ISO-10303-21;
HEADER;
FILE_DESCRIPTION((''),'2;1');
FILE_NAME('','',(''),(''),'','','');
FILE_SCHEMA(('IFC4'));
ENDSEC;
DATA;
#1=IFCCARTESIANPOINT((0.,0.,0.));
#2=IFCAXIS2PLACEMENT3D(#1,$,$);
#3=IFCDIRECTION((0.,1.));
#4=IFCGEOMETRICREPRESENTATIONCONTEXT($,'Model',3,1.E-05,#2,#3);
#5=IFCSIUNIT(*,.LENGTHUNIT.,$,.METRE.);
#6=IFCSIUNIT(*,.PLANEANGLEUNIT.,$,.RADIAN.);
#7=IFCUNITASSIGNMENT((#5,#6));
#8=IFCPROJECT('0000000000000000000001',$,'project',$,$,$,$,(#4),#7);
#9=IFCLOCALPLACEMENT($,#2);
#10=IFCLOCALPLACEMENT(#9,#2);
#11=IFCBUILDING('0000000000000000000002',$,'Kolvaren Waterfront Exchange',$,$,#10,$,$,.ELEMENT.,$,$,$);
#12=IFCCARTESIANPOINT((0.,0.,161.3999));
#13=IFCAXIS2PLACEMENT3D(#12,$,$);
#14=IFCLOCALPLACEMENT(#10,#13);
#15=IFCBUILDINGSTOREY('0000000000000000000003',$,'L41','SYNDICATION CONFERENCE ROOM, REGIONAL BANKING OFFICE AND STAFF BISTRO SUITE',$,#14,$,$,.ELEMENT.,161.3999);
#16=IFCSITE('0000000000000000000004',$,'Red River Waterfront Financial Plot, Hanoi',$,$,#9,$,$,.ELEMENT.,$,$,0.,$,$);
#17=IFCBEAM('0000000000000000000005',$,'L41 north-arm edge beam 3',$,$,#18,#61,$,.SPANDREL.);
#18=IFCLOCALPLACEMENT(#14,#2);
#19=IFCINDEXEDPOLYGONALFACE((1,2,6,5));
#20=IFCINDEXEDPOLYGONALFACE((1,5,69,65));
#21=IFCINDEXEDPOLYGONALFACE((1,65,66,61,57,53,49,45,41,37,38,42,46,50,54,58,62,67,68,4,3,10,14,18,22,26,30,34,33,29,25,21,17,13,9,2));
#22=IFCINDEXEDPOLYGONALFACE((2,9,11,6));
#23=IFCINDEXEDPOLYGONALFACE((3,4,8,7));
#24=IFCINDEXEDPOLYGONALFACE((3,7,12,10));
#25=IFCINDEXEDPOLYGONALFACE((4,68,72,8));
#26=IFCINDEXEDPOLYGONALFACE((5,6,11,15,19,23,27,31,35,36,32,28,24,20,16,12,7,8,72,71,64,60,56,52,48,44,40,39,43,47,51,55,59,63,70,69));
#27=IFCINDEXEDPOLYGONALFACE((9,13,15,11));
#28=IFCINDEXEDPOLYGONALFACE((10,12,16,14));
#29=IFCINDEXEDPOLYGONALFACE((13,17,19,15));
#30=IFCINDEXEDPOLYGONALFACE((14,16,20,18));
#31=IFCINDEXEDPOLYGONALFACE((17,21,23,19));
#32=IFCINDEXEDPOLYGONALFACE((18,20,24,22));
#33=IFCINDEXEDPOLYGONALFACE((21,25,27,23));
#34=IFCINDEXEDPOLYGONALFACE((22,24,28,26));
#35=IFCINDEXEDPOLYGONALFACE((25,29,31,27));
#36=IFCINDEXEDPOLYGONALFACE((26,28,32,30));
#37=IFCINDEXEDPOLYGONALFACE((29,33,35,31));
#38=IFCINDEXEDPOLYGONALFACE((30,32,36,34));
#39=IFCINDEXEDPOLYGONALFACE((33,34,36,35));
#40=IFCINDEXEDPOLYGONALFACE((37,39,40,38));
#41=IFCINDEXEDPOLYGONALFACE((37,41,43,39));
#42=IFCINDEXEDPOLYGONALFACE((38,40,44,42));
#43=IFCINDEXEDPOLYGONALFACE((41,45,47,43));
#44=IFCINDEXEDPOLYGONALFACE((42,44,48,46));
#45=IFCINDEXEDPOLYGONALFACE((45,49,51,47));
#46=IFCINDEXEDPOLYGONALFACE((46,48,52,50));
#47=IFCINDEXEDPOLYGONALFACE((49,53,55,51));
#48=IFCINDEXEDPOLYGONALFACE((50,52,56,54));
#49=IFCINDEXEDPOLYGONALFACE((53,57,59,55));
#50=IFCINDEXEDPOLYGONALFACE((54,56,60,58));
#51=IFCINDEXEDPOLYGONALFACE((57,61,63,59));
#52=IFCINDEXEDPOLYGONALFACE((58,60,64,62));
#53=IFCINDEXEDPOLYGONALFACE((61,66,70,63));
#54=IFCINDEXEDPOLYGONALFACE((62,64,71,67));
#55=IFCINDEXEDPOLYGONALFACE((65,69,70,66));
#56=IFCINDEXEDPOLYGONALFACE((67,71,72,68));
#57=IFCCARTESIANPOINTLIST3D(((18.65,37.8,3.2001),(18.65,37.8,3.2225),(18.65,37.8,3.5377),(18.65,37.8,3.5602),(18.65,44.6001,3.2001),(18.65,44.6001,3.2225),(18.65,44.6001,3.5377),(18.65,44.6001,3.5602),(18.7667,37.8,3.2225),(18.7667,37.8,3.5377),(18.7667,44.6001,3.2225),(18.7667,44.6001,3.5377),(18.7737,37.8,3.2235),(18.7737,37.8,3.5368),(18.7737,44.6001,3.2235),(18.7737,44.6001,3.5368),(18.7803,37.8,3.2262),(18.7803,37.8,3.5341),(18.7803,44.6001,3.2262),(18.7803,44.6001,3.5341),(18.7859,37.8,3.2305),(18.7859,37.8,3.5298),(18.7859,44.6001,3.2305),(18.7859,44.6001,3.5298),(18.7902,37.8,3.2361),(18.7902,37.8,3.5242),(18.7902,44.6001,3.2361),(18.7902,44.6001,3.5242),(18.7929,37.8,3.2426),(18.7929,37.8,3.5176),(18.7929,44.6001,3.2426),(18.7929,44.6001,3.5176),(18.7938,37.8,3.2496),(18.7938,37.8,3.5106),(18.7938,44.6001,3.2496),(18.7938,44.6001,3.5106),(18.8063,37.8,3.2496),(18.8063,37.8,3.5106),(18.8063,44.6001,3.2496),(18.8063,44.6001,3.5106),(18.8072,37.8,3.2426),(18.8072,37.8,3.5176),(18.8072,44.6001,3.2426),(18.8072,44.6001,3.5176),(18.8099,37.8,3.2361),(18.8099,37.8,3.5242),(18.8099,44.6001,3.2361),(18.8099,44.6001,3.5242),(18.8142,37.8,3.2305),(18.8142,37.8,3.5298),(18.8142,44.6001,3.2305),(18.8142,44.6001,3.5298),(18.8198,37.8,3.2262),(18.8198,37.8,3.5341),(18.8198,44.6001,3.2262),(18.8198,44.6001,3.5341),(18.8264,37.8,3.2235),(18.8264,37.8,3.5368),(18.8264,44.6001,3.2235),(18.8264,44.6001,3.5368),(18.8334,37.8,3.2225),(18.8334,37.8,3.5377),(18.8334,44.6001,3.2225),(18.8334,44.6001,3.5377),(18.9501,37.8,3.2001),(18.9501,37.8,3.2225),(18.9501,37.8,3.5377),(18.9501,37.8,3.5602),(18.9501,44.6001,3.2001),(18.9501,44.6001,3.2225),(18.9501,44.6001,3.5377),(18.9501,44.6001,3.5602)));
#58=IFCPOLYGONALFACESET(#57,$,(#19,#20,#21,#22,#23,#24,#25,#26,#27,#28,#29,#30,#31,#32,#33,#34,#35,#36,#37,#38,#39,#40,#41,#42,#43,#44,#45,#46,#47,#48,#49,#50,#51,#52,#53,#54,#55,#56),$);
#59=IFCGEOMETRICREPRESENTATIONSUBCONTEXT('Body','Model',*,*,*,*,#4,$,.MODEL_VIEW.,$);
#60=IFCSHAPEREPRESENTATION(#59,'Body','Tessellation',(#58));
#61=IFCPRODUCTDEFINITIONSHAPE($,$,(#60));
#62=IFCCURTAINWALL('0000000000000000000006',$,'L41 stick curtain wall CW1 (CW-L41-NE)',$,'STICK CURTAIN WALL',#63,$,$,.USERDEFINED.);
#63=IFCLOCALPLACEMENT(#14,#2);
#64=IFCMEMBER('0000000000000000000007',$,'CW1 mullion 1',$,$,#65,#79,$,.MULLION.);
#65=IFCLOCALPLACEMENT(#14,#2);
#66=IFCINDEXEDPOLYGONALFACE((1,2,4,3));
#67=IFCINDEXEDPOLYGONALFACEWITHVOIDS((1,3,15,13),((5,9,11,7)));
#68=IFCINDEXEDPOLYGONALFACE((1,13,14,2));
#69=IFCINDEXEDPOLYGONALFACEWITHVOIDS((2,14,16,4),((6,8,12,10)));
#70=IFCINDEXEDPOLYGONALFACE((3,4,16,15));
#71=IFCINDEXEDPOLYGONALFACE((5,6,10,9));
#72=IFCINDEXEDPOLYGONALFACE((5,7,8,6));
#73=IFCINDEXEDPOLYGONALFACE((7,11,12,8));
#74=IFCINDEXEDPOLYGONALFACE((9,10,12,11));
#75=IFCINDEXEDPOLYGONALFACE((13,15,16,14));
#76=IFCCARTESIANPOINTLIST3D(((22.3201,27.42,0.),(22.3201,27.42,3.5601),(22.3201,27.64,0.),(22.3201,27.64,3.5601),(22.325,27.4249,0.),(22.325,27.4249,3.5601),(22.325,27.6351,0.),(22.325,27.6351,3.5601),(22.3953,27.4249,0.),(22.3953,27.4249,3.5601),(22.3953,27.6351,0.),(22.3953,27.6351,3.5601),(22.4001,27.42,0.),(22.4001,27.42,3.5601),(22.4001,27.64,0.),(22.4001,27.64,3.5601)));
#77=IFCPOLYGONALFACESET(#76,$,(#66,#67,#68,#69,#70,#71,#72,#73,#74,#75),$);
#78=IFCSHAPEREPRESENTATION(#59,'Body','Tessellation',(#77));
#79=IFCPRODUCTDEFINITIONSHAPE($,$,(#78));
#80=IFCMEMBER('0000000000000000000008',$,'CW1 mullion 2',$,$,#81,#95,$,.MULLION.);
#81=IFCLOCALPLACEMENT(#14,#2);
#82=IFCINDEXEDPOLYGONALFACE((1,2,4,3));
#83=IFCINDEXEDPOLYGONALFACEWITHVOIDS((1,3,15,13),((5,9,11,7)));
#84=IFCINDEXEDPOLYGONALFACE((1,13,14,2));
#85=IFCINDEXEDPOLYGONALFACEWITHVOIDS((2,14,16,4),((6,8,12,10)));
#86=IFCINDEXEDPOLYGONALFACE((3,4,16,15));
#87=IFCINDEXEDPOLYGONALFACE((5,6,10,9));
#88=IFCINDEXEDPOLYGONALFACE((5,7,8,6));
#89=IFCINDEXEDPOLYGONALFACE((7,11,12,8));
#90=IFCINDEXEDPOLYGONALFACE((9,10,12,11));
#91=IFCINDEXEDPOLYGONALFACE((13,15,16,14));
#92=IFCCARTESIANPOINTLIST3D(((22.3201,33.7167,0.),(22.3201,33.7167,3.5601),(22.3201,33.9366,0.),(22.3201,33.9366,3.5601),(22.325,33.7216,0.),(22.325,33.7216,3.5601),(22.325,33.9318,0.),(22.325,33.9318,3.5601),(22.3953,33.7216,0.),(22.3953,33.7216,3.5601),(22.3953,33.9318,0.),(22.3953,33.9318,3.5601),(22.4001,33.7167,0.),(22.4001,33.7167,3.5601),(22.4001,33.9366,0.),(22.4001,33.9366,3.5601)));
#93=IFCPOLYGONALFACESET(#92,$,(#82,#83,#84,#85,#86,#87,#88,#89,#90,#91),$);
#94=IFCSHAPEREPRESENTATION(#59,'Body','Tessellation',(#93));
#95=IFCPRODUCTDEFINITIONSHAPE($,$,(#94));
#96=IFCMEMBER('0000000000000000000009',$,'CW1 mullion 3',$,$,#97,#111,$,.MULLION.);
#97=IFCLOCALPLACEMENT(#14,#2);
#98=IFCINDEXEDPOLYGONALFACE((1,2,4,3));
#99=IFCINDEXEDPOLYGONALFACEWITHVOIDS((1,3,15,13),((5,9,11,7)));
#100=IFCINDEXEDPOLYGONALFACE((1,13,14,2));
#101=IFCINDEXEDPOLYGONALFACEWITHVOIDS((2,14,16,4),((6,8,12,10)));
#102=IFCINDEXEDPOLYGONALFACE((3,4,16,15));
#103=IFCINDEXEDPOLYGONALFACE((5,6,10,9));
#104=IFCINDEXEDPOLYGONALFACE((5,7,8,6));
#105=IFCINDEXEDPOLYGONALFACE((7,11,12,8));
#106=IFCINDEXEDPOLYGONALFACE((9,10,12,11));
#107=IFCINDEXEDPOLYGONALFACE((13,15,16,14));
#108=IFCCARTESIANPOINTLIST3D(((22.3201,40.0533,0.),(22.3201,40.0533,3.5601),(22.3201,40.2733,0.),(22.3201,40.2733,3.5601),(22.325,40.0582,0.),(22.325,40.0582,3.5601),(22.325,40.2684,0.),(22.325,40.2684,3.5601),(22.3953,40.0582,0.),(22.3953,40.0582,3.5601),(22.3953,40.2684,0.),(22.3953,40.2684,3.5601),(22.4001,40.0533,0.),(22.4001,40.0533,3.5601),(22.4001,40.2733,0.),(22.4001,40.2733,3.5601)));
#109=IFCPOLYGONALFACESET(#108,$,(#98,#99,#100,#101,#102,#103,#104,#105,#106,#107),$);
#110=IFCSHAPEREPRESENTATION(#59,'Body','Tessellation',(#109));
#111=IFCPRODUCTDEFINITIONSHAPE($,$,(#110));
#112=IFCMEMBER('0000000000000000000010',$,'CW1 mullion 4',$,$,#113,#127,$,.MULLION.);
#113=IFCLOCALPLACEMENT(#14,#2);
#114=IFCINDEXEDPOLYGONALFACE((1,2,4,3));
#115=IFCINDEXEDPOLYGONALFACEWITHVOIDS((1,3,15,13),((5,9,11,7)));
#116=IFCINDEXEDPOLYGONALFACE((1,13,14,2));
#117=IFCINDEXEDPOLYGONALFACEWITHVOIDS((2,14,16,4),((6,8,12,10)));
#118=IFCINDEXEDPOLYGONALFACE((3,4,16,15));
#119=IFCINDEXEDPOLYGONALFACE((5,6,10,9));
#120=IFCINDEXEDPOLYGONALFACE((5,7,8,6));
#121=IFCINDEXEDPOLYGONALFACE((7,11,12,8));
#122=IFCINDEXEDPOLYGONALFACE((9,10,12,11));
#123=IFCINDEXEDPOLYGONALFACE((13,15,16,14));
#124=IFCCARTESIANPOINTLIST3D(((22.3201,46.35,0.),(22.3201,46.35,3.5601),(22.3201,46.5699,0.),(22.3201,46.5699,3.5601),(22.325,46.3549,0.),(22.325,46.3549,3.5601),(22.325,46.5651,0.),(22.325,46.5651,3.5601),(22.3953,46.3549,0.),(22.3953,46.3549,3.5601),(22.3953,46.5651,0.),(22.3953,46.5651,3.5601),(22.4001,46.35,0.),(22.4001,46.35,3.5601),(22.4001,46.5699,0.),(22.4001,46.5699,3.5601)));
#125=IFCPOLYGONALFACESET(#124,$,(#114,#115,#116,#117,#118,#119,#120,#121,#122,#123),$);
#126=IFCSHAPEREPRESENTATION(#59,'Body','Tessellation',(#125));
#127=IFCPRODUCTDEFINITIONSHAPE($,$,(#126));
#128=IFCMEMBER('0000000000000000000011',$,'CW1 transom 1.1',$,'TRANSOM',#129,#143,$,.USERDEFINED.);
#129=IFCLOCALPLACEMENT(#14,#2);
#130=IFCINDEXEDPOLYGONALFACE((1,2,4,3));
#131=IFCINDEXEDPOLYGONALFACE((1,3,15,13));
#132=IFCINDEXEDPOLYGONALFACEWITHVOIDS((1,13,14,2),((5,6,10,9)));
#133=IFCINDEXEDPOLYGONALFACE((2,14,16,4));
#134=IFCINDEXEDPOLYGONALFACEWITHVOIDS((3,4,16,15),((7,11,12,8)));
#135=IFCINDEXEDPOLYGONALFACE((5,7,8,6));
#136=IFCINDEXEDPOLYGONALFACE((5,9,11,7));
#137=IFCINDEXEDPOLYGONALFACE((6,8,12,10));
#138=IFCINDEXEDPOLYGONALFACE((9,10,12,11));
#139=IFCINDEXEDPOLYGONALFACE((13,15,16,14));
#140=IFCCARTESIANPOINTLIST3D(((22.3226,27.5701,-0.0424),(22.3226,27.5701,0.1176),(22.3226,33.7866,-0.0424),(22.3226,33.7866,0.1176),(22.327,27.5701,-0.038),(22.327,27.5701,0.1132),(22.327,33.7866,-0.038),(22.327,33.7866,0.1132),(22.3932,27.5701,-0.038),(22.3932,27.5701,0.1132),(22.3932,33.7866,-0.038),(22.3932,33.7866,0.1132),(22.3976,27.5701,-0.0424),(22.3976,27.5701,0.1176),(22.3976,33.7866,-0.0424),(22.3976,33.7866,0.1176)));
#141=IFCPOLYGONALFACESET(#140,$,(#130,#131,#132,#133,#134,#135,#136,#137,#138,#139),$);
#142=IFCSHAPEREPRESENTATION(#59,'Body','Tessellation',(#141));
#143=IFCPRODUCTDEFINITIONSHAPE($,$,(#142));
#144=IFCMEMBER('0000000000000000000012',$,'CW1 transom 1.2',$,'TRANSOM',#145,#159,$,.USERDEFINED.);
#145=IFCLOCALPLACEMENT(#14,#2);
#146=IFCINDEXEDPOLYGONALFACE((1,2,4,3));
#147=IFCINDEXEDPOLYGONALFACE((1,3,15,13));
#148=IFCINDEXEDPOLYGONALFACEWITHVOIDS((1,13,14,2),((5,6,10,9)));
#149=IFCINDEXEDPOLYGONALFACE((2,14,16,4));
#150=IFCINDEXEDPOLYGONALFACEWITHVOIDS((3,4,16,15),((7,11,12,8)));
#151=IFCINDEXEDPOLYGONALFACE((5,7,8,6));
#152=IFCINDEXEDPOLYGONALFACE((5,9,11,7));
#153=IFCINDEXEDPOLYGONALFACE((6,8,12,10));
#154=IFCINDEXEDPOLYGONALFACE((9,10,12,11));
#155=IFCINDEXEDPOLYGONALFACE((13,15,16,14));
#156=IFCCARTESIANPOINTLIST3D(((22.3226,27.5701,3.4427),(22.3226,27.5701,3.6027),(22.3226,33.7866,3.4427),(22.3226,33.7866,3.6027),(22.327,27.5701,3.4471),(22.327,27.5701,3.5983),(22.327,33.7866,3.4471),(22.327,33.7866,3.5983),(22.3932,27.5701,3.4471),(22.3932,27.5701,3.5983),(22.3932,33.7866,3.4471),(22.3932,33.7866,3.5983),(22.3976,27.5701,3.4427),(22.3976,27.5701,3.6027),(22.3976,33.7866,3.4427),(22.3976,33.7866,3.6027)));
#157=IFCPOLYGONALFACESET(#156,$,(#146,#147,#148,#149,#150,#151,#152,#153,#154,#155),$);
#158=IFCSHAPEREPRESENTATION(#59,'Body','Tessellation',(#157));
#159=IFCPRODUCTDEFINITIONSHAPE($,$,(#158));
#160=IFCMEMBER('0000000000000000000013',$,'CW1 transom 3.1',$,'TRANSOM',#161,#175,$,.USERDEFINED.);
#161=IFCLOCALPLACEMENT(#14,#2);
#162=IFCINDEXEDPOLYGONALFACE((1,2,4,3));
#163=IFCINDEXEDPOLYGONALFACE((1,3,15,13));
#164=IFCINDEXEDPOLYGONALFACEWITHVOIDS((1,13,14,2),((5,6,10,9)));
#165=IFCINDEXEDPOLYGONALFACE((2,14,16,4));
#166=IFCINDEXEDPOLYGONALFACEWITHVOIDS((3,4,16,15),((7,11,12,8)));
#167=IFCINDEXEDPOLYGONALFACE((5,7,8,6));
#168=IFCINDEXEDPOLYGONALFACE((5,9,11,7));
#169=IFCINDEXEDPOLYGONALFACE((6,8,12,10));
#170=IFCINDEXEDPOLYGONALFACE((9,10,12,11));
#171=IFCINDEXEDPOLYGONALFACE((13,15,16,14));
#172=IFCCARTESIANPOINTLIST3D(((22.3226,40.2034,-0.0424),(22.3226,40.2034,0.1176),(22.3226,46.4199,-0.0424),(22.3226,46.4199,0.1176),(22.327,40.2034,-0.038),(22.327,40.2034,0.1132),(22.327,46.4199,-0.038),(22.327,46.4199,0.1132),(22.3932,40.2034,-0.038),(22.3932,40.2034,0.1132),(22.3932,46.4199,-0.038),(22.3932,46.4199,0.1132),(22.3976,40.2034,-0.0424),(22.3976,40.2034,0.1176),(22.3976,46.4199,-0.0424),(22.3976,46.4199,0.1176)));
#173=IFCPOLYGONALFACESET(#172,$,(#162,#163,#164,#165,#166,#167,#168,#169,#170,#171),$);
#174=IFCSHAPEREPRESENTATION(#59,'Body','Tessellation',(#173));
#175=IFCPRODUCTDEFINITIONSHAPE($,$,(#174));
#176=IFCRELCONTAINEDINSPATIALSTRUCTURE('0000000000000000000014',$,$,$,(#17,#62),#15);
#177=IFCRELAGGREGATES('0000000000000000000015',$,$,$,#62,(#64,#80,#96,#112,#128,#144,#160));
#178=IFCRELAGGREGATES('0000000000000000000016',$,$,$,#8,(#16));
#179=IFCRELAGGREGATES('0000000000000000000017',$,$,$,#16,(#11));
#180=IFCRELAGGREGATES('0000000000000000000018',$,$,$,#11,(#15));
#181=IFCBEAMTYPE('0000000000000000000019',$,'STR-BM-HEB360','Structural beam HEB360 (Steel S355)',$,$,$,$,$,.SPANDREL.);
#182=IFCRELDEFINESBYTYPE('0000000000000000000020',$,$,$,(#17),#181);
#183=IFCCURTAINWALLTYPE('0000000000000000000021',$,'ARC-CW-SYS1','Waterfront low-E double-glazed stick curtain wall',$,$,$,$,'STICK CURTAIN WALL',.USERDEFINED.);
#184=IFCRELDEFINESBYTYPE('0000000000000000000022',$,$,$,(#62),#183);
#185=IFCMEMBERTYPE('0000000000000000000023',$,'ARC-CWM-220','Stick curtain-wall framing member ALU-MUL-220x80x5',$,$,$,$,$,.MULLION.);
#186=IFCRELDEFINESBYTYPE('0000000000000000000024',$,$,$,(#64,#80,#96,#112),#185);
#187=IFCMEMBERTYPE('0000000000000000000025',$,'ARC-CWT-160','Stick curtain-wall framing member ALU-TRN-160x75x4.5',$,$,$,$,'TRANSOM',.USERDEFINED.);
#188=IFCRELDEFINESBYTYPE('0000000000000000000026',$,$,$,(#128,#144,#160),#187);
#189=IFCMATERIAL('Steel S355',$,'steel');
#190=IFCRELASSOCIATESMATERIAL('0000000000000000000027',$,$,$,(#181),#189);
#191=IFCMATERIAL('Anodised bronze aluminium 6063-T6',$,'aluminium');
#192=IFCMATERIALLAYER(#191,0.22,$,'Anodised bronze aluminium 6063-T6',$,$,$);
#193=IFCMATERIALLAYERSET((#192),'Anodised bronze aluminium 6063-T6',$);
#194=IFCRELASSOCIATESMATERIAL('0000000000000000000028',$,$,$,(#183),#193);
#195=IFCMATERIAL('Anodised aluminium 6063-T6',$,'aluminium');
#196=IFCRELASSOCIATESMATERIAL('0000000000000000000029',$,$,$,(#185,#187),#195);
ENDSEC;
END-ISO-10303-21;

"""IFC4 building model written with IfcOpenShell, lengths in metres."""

from ifc_helpers import new_model, si_unit, direction, frame, origin, origin_with_axes, origin_2d, place, context, subcontext, project, spatial, hollow_rectangle, i_section, extrude, source, transform, mapped, material, layer, layer_set, material_profile, profile_set, type_object, element, aggregate, save


model = new_model("IFC4")

# Units and contexts
model_context = context("Model", 3, precision=1e-05, world=origin(), true_north=direction((0.0, 1.0)))
body_context = subcontext(model_context, "Body", "Model", "MODEL_VIEW")
ifc_project = project(units=[si_unit("LENGTHUNIT", "METRE"), si_unit("PLANEANGLEUNIT", "RADIAN")], contexts=[model_context])

# Site, building, storey
site_placement = place(None, origin())
site = spatial("IfcSite", under=ifc_project, at=site_placement, Name="Red River Waterfront Financial Plot, Hanoi", CompositionType="ELEMENT", RefElevation=0.0)
building_placement = place(site_placement, origin())
building = spatial("IfcBuilding", under=site, at=building_placement, Name="Kolvaren Waterfront Exchange", CompositionType="ELEMENT")
storey_placement = place(building_placement, frame((0.0, 0.0, 161.3999)))
storey = spatial("IfcBuildingStorey", under=building, at=storey_placement, Name="L41", Description="SYNDICATION CONFERENCE ROOM, REGIONAL BANKING OFFICE AND STAFF BISTRO SUITE", CompositionType="ELEMENT", Elevation=161.3999)

# Beam
ifc_material_1 = material(Name="Steel S355", Category="steel")
ifc_material_profile_1 = material_profile(ifc_material_1, i_section(OverallWidth=0.3, OverallDepth=0.3601, WebThickness=0.0125, FlangeThickness=0.0225, FilletRadius=0.0271, at=origin_2d()), Name="HEB360")
ifc_profile_set_1 = profile_set([ifc_material_profile_1], Name="Steel S355")
beam_type = type_object("IfcBeamType", Name="STR-BM-HEB360", Description="Structural beam HEB360 (Steel S355)", PredefinedType="SPANDREL", material=ifc_profile_set_1)
beam_placement = place(storey_placement, frame((18.8, 37.8, 3.3801), z_axis=(0.0, 1.0, 0.0), x_axis=(-1.0, 0.0, 0.0)))
element("IfcBeam", 1, at=beam_placement, inside=storey, type_object=beam_type, Name="L41 north-arm edge beam 3", PredefinedType="SPANDREL", context=body_context, shape_type="SweptSolid", body=[
    extrude(i_section(OverallWidth=0.3, OverallDepth=0.3601, WebThickness=0.0125, FlangeThickness=0.0225, FilletRadius=0.0271, at=origin_2d()), origin(), (0.0, 0.0, 1.0), 6.8),
])

# Curtain wall, members
ifc_material_2 = material(Name="Anodised bronze aluminium 6063-T6", Category="aluminium")
ifc_layer_1 = layer(ifc_material_2, 0.22, Name="Anodised bronze aluminium 6063-T6")
ifc_layer_set_1 = layer_set([ifc_layer_1], Name="Anodised bronze aluminium 6063-T6")
curtain_wall_type = type_object("IfcCurtainWallType", Name="ARC-CW-SYS1", Description="Waterfront low-E double-glazed stick curtain wall", ElementType="STICK CURTAIN WALL", PredefinedType="USERDEFINED", material=ifc_layer_set_1)
curtain_wall_placement = place(storey_placement, origin())
curtain_wall = element("IfcCurtainWall", 2, at=curtain_wall_placement, inside=storey, type_object=curtain_wall_type, Name="L41 stick curtain wall CW1 (CW-L41-NE)", ObjectType="STICK CURTAIN WALL", PredefinedType="USERDEFINED")
ifc_material_3 = material(Name="Anodised aluminium 6063-T6", Category="aluminium")
ifc_material_profile_2 = material_profile(ifc_material_3, hollow_rectangle(XDim=0.0801, YDim=0.22, WallThickness=0.0049, at=origin_2d()), Name="ALU-MUL-220x80x5")
ifc_profile_set_2 = profile_set([ifc_material_profile_2], Name="Anodised aluminium 6063-T6")
member_type_1 = type_object("IfcMemberType", Name="ARC-CWM-220", Description="Stick curtain-wall framing member ALU-MUL-220x80x5", PredefinedType="MULLION", material=ifc_profile_set_2)
shared_shape_1 = source(origin_with_axes(), body_context, "Body", "SweptSolid", [
    extrude(hollow_rectangle(XDim=0.0801, YDim=0.22, WallThickness=0.0049, at=origin_2d()), origin(), (0.0, 0.0, 1.0), 3.5601),
])
member_1_placement = place(storey_placement, frame((22.3601, 27.53, 0.0), z_axis=(0.0, 0.0, 1.0), x_axis=(-1.0, 0.0, 0.0)))
member_1 = element("IfcMember", 3, at=member_1_placement, type_object=member_type_1, Name="CW1 mullion 1", PredefinedType="MULLION", context=body_context, shape_type="MappedRepresentation", body=[
    mapped(shared_shape_1, transform((0.0, 0.0, 0.0), x_axis=(1.0, 0.0, 0.0), y_axis=(0.0, 1.0, 0.0), z_axis=(0.0, 0.0, 1.0), scale=1.0)),
])
member_2_placement = place(storey_placement, frame((22.3601, 33.8267, 0.0), z_axis=(0.0, 0.0, 1.0), x_axis=(-1.0, 0.0, 0.0)))
member_2 = element("IfcMember", 4, at=member_2_placement, type_object=member_type_1, Name="CW1 mullion 2", PredefinedType="MULLION", context=body_context, shape_type="MappedRepresentation", body=[
    mapped(shared_shape_1, transform((0.0, 0.0, 0.0), x_axis=(1.0, 0.0, 0.0), y_axis=(0.0, 1.0, 0.0), z_axis=(0.0, 0.0, 1.0), scale=1.0)),
])
member_3_placement = place(storey_placement, frame((22.3601, 40.1633, 0.0), z_axis=(0.0, 0.0, 1.0), x_axis=(-1.0, 0.0, 0.0)))
member_3 = element("IfcMember", 5, at=member_3_placement, type_object=member_type_1, Name="CW1 mullion 3", PredefinedType="MULLION", context=body_context, shape_type="MappedRepresentation", body=[
    mapped(shared_shape_1, transform((0.0, 0.0, 0.0), x_axis=(1.0, 0.0, 0.0), y_axis=(0.0, 1.0, 0.0), z_axis=(0.0, 0.0, 1.0), scale=1.0)),
])
member_4_placement = place(storey_placement, frame((22.3601, 46.46, 0.0), z_axis=(0.0, 0.0, 1.0), x_axis=(-1.0, 0.0, 0.0)))
member_4 = element("IfcMember", 6, at=member_4_placement, type_object=member_type_1, Name="CW1 mullion 4", PredefinedType="MULLION", context=body_context, shape_type="MappedRepresentation", body=[
    mapped(shared_shape_1, transform((0.0, 0.0, 0.0), x_axis=(1.0, 0.0, 0.0), y_axis=(0.0, 1.0, 0.0), z_axis=(0.0, 0.0, 1.0), scale=1.0)),
])
ifc_material_profile_3 = material_profile(ifc_material_3, hollow_rectangle(XDim=0.075, YDim=0.1599, WallThickness=0.0044, at=origin_2d()), Name="ALU-TRN-160x75x4.5")
ifc_profile_set_3 = profile_set([ifc_material_profile_3], Name="Anodised aluminium 6063-T6")
member_type_2 = type_object("IfcMemberType", Name="ARC-CWT-160", Description="Stick curtain-wall framing member ALU-TRN-160x75x4.5", ElementType="TRANSOM", PredefinedType="USERDEFINED", material=ifc_profile_set_3)
shared_shape_2 = source(origin_with_axes(), body_context, "Body", "SweptSolid", [
    extrude(hollow_rectangle(XDim=0.075, YDim=0.1599, WallThickness=0.0044, at=origin_2d()), origin(), (0.0, 0.0, 1.0), 6.2166),
])
member_5_placement = place(storey_placement, frame((22.3601, 27.5701, 0.0376), z_axis=(0.0, 1.0, 0.0), x_axis=(-1.0, 0.0, 0.0)))
member_5 = element("IfcMember", 7, at=member_5_placement, type_object=member_type_2, Name="CW1 transom 1.1", ObjectType="TRANSOM", PredefinedType="USERDEFINED", context=body_context, shape_type="MappedRepresentation", body=[
    mapped(shared_shape_2, transform((0.0, 0.0, 0.0), x_axis=(1.0, 0.0, 0.0), y_axis=(0.0, 1.0, 0.0), z_axis=(0.0, 0.0, 1.0), scale=1.0)),
])
member_6_placement = place(storey_placement, frame((22.3601, 27.5701, 3.5227), z_axis=(0.0, 1.0, 0.0), x_axis=(-1.0, 0.0, 0.0)))
member_6 = element("IfcMember", 8, at=member_6_placement, type_object=member_type_2, Name="CW1 transom 1.2", ObjectType="TRANSOM", PredefinedType="USERDEFINED", context=body_context, shape_type="MappedRepresentation", body=[
    mapped(shared_shape_2, transform((0.0, 0.0, 0.0), x_axis=(1.0, 0.0, 0.0), y_axis=(0.0, 1.0, 0.0), z_axis=(0.0, 0.0, 1.0), scale=1.0)),
])
member_7_placement = place(storey_placement, frame((22.3601, 40.2034, 0.0376), z_axis=(0.0, 1.0, 0.0), x_axis=(-1.0, 0.0, 0.0)))
member_7 = element("IfcMember", 9, at=member_7_placement, type_object=member_type_2, Name="CW1 transom 3.1", ObjectType="TRANSOM", PredefinedType="USERDEFINED", context=body_context, shape_type="MappedRepresentation", body=[
    mapped(shared_shape_2, transform((0.0, 0.0, 0.0), x_axis=(1.0, 0.0, 0.0), y_axis=(0.0, 1.0, 0.0), z_axis=(0.0, 0.0, 1.0), scale=1.0)),
])
aggregate(curtain_wall, [member_1, member_2, member_3, member_4, member_5, member_6, member_7])

save(model, "model.ifc")
